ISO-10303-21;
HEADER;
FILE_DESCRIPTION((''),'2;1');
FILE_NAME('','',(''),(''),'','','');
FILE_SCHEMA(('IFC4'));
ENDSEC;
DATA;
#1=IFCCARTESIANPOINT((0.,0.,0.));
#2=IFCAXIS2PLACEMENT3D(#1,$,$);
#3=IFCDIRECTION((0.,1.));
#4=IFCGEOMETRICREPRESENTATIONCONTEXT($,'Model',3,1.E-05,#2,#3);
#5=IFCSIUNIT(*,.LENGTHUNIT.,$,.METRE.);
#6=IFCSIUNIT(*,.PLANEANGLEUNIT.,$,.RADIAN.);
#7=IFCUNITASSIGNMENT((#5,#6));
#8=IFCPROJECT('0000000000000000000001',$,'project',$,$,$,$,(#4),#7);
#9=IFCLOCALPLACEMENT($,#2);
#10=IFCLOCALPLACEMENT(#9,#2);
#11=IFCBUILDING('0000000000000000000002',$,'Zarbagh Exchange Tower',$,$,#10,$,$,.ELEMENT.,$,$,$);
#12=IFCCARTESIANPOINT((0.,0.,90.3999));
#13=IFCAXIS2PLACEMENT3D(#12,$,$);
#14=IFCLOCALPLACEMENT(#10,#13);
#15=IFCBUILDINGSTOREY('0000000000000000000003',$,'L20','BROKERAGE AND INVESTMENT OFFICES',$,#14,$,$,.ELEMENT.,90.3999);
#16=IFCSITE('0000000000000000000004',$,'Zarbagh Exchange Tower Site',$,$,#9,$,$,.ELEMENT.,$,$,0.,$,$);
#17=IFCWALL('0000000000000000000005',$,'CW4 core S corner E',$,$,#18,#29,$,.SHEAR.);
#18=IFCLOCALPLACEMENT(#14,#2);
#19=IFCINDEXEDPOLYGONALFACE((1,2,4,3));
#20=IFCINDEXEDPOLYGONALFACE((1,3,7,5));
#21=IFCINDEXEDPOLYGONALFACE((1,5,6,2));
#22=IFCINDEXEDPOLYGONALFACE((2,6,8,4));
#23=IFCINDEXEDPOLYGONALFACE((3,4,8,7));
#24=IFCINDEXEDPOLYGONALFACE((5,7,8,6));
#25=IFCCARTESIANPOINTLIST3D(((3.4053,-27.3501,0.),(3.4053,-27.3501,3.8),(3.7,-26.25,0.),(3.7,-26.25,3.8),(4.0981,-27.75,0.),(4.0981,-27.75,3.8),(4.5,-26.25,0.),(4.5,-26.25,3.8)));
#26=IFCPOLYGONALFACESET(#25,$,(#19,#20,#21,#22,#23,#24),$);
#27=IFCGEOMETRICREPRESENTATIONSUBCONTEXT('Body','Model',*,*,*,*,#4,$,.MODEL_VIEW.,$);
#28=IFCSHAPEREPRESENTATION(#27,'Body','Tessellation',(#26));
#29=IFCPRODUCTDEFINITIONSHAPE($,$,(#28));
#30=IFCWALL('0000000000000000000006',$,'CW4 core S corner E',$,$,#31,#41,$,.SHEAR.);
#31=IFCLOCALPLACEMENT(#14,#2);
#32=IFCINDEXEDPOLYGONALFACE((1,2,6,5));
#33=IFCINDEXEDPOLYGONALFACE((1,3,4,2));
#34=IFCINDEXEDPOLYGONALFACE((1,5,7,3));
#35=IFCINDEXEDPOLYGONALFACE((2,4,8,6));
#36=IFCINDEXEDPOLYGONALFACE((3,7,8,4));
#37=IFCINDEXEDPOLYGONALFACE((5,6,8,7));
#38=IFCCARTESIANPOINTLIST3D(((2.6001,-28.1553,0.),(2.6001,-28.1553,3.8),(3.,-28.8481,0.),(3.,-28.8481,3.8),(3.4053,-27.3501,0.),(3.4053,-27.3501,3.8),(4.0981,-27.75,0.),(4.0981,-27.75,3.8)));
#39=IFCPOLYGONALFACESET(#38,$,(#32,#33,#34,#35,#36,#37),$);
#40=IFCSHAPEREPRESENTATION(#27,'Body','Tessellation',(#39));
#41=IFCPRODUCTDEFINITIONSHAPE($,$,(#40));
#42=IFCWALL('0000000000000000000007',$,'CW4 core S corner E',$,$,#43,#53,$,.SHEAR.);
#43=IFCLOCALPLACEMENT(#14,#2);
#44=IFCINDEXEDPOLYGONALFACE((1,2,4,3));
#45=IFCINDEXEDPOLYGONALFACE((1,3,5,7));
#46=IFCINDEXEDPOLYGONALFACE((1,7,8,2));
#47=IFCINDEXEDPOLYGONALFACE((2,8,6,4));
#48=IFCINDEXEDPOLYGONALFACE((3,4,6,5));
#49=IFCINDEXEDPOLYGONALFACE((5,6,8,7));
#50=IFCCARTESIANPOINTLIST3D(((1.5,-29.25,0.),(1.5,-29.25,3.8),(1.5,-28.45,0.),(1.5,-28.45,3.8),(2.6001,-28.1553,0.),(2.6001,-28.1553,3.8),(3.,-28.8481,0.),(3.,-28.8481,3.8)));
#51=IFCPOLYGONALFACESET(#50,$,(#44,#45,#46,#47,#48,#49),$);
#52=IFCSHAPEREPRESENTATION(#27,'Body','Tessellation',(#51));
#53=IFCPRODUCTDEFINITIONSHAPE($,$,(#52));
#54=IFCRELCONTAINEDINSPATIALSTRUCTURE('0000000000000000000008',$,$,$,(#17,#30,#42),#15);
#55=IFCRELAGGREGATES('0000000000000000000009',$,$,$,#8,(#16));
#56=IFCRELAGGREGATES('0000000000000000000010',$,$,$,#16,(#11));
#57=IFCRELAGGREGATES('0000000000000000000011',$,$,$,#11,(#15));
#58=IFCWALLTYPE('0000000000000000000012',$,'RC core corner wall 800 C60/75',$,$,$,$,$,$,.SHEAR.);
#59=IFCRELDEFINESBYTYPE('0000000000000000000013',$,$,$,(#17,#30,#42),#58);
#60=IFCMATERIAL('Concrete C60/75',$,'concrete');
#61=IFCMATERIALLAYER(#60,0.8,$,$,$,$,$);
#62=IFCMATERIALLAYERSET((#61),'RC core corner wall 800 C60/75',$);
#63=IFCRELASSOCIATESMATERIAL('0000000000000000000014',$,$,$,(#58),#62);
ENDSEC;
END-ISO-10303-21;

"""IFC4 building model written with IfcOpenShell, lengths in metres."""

from ifc_helpers import new_model, si_unit, direction, frame, origin, place, context, subcontext, project, spatial, polyline, outline, extrude, material, layer, layer_set, type_object, element, save


model = new_model("IFC4")

# Units and contexts
model_context = context("Model", 3, precision=1e-05, world=origin(), true_north=direction((0.0, 1.0)))
body_context = subcontext(model_context, "Body", "Model", "MODEL_VIEW")
ifc_project = project(units=[si_unit("LENGTHUNIT", "METRE"), si_unit("PLANEANGLEUNIT", "RADIAN")], contexts=[model_context])

# Site, building, storey
site_placement = place(None, origin())
site = spatial("IfcSite", under=ifc_project, at=site_placement, Name="Zarbagh Exchange Tower Site", CompositionType="ELEMENT", RefElevation=0.0)
building_placement = place(site_placement, origin())
building = spatial("IfcBuilding", under=site, at=building_placement, Name="Zarbagh Exchange Tower", CompositionType="ELEMENT")
storey_placement = place(building_placement, frame((0.0, 0.0, 90.3999)))
storey = spatial("IfcBuildingStorey", under=building, at=storey_placement, Name="L20", Description="BROKERAGE AND INVESTMENT OFFICES", CompositionType="ELEMENT", Elevation=90.3999)

# Walls
ifc_material_1 = material(Name="Concrete C60/75", Category="concrete")
ifc_layer_1 = layer(ifc_material_1, 0.8)
ifc_layer_set_1 = layer_set([ifc_layer_1], Name="RC core corner wall 800 C60/75")
wall_type = type_object("IfcWallType", Name="RC core corner wall 800 C60/75", PredefinedType="SHEAR", material=ifc_layer_set_1)
wall_1_placement = place(storey_placement, origin())
element("IfcWall", 1, at=wall_1_placement, inside=storey, type_object=wall_type, Name="CW4 core S corner E", PredefinedType="SHEAR", context=body_context, shape_type="SweptSolid", body=[
    extrude(outline(polyline([(4.5, -26.25), (4.0981, -27.75), (3.4053, -27.3501), (3.7, -26.25), (4.5, -26.25)])), origin(), (0.0, 0.0, 1.0), 3.8),
])
wall_2_placement = place(storey_placement, origin())
element("IfcWall", 2, at=wall_2_placement, inside=storey, type_object=wall_type, Name="CW4 core S corner E", PredefinedType="SHEAR", context=body_context, shape_type="SweptSolid", body=[
    extrude(outline(polyline([(4.0981, -27.75), (3.0, -28.8481), (2.6001, -28.1553), (3.4053, -27.3501), (4.0981, -27.75)])), origin(), (0.0, 0.0, 1.0), 3.8),
])
wall_3_placement = place(storey_placement, origin())
element("IfcWall", 3, at=wall_3_placement, inside=storey, type_object=wall_type, Name="CW4 core S corner E", PredefinedType="SHEAR", context=body_context, shape_type="SweptSolid", body=[
    extrude(outline(polyline([(3.0, -28.8481), (1.5, -29.25), (1.5, -28.45), (2.6001, -28.1553), (3.0, -28.8481)])), origin(), (0.0, 0.0, 1.0), 3.8),
])

save(model, "model.ifc")
